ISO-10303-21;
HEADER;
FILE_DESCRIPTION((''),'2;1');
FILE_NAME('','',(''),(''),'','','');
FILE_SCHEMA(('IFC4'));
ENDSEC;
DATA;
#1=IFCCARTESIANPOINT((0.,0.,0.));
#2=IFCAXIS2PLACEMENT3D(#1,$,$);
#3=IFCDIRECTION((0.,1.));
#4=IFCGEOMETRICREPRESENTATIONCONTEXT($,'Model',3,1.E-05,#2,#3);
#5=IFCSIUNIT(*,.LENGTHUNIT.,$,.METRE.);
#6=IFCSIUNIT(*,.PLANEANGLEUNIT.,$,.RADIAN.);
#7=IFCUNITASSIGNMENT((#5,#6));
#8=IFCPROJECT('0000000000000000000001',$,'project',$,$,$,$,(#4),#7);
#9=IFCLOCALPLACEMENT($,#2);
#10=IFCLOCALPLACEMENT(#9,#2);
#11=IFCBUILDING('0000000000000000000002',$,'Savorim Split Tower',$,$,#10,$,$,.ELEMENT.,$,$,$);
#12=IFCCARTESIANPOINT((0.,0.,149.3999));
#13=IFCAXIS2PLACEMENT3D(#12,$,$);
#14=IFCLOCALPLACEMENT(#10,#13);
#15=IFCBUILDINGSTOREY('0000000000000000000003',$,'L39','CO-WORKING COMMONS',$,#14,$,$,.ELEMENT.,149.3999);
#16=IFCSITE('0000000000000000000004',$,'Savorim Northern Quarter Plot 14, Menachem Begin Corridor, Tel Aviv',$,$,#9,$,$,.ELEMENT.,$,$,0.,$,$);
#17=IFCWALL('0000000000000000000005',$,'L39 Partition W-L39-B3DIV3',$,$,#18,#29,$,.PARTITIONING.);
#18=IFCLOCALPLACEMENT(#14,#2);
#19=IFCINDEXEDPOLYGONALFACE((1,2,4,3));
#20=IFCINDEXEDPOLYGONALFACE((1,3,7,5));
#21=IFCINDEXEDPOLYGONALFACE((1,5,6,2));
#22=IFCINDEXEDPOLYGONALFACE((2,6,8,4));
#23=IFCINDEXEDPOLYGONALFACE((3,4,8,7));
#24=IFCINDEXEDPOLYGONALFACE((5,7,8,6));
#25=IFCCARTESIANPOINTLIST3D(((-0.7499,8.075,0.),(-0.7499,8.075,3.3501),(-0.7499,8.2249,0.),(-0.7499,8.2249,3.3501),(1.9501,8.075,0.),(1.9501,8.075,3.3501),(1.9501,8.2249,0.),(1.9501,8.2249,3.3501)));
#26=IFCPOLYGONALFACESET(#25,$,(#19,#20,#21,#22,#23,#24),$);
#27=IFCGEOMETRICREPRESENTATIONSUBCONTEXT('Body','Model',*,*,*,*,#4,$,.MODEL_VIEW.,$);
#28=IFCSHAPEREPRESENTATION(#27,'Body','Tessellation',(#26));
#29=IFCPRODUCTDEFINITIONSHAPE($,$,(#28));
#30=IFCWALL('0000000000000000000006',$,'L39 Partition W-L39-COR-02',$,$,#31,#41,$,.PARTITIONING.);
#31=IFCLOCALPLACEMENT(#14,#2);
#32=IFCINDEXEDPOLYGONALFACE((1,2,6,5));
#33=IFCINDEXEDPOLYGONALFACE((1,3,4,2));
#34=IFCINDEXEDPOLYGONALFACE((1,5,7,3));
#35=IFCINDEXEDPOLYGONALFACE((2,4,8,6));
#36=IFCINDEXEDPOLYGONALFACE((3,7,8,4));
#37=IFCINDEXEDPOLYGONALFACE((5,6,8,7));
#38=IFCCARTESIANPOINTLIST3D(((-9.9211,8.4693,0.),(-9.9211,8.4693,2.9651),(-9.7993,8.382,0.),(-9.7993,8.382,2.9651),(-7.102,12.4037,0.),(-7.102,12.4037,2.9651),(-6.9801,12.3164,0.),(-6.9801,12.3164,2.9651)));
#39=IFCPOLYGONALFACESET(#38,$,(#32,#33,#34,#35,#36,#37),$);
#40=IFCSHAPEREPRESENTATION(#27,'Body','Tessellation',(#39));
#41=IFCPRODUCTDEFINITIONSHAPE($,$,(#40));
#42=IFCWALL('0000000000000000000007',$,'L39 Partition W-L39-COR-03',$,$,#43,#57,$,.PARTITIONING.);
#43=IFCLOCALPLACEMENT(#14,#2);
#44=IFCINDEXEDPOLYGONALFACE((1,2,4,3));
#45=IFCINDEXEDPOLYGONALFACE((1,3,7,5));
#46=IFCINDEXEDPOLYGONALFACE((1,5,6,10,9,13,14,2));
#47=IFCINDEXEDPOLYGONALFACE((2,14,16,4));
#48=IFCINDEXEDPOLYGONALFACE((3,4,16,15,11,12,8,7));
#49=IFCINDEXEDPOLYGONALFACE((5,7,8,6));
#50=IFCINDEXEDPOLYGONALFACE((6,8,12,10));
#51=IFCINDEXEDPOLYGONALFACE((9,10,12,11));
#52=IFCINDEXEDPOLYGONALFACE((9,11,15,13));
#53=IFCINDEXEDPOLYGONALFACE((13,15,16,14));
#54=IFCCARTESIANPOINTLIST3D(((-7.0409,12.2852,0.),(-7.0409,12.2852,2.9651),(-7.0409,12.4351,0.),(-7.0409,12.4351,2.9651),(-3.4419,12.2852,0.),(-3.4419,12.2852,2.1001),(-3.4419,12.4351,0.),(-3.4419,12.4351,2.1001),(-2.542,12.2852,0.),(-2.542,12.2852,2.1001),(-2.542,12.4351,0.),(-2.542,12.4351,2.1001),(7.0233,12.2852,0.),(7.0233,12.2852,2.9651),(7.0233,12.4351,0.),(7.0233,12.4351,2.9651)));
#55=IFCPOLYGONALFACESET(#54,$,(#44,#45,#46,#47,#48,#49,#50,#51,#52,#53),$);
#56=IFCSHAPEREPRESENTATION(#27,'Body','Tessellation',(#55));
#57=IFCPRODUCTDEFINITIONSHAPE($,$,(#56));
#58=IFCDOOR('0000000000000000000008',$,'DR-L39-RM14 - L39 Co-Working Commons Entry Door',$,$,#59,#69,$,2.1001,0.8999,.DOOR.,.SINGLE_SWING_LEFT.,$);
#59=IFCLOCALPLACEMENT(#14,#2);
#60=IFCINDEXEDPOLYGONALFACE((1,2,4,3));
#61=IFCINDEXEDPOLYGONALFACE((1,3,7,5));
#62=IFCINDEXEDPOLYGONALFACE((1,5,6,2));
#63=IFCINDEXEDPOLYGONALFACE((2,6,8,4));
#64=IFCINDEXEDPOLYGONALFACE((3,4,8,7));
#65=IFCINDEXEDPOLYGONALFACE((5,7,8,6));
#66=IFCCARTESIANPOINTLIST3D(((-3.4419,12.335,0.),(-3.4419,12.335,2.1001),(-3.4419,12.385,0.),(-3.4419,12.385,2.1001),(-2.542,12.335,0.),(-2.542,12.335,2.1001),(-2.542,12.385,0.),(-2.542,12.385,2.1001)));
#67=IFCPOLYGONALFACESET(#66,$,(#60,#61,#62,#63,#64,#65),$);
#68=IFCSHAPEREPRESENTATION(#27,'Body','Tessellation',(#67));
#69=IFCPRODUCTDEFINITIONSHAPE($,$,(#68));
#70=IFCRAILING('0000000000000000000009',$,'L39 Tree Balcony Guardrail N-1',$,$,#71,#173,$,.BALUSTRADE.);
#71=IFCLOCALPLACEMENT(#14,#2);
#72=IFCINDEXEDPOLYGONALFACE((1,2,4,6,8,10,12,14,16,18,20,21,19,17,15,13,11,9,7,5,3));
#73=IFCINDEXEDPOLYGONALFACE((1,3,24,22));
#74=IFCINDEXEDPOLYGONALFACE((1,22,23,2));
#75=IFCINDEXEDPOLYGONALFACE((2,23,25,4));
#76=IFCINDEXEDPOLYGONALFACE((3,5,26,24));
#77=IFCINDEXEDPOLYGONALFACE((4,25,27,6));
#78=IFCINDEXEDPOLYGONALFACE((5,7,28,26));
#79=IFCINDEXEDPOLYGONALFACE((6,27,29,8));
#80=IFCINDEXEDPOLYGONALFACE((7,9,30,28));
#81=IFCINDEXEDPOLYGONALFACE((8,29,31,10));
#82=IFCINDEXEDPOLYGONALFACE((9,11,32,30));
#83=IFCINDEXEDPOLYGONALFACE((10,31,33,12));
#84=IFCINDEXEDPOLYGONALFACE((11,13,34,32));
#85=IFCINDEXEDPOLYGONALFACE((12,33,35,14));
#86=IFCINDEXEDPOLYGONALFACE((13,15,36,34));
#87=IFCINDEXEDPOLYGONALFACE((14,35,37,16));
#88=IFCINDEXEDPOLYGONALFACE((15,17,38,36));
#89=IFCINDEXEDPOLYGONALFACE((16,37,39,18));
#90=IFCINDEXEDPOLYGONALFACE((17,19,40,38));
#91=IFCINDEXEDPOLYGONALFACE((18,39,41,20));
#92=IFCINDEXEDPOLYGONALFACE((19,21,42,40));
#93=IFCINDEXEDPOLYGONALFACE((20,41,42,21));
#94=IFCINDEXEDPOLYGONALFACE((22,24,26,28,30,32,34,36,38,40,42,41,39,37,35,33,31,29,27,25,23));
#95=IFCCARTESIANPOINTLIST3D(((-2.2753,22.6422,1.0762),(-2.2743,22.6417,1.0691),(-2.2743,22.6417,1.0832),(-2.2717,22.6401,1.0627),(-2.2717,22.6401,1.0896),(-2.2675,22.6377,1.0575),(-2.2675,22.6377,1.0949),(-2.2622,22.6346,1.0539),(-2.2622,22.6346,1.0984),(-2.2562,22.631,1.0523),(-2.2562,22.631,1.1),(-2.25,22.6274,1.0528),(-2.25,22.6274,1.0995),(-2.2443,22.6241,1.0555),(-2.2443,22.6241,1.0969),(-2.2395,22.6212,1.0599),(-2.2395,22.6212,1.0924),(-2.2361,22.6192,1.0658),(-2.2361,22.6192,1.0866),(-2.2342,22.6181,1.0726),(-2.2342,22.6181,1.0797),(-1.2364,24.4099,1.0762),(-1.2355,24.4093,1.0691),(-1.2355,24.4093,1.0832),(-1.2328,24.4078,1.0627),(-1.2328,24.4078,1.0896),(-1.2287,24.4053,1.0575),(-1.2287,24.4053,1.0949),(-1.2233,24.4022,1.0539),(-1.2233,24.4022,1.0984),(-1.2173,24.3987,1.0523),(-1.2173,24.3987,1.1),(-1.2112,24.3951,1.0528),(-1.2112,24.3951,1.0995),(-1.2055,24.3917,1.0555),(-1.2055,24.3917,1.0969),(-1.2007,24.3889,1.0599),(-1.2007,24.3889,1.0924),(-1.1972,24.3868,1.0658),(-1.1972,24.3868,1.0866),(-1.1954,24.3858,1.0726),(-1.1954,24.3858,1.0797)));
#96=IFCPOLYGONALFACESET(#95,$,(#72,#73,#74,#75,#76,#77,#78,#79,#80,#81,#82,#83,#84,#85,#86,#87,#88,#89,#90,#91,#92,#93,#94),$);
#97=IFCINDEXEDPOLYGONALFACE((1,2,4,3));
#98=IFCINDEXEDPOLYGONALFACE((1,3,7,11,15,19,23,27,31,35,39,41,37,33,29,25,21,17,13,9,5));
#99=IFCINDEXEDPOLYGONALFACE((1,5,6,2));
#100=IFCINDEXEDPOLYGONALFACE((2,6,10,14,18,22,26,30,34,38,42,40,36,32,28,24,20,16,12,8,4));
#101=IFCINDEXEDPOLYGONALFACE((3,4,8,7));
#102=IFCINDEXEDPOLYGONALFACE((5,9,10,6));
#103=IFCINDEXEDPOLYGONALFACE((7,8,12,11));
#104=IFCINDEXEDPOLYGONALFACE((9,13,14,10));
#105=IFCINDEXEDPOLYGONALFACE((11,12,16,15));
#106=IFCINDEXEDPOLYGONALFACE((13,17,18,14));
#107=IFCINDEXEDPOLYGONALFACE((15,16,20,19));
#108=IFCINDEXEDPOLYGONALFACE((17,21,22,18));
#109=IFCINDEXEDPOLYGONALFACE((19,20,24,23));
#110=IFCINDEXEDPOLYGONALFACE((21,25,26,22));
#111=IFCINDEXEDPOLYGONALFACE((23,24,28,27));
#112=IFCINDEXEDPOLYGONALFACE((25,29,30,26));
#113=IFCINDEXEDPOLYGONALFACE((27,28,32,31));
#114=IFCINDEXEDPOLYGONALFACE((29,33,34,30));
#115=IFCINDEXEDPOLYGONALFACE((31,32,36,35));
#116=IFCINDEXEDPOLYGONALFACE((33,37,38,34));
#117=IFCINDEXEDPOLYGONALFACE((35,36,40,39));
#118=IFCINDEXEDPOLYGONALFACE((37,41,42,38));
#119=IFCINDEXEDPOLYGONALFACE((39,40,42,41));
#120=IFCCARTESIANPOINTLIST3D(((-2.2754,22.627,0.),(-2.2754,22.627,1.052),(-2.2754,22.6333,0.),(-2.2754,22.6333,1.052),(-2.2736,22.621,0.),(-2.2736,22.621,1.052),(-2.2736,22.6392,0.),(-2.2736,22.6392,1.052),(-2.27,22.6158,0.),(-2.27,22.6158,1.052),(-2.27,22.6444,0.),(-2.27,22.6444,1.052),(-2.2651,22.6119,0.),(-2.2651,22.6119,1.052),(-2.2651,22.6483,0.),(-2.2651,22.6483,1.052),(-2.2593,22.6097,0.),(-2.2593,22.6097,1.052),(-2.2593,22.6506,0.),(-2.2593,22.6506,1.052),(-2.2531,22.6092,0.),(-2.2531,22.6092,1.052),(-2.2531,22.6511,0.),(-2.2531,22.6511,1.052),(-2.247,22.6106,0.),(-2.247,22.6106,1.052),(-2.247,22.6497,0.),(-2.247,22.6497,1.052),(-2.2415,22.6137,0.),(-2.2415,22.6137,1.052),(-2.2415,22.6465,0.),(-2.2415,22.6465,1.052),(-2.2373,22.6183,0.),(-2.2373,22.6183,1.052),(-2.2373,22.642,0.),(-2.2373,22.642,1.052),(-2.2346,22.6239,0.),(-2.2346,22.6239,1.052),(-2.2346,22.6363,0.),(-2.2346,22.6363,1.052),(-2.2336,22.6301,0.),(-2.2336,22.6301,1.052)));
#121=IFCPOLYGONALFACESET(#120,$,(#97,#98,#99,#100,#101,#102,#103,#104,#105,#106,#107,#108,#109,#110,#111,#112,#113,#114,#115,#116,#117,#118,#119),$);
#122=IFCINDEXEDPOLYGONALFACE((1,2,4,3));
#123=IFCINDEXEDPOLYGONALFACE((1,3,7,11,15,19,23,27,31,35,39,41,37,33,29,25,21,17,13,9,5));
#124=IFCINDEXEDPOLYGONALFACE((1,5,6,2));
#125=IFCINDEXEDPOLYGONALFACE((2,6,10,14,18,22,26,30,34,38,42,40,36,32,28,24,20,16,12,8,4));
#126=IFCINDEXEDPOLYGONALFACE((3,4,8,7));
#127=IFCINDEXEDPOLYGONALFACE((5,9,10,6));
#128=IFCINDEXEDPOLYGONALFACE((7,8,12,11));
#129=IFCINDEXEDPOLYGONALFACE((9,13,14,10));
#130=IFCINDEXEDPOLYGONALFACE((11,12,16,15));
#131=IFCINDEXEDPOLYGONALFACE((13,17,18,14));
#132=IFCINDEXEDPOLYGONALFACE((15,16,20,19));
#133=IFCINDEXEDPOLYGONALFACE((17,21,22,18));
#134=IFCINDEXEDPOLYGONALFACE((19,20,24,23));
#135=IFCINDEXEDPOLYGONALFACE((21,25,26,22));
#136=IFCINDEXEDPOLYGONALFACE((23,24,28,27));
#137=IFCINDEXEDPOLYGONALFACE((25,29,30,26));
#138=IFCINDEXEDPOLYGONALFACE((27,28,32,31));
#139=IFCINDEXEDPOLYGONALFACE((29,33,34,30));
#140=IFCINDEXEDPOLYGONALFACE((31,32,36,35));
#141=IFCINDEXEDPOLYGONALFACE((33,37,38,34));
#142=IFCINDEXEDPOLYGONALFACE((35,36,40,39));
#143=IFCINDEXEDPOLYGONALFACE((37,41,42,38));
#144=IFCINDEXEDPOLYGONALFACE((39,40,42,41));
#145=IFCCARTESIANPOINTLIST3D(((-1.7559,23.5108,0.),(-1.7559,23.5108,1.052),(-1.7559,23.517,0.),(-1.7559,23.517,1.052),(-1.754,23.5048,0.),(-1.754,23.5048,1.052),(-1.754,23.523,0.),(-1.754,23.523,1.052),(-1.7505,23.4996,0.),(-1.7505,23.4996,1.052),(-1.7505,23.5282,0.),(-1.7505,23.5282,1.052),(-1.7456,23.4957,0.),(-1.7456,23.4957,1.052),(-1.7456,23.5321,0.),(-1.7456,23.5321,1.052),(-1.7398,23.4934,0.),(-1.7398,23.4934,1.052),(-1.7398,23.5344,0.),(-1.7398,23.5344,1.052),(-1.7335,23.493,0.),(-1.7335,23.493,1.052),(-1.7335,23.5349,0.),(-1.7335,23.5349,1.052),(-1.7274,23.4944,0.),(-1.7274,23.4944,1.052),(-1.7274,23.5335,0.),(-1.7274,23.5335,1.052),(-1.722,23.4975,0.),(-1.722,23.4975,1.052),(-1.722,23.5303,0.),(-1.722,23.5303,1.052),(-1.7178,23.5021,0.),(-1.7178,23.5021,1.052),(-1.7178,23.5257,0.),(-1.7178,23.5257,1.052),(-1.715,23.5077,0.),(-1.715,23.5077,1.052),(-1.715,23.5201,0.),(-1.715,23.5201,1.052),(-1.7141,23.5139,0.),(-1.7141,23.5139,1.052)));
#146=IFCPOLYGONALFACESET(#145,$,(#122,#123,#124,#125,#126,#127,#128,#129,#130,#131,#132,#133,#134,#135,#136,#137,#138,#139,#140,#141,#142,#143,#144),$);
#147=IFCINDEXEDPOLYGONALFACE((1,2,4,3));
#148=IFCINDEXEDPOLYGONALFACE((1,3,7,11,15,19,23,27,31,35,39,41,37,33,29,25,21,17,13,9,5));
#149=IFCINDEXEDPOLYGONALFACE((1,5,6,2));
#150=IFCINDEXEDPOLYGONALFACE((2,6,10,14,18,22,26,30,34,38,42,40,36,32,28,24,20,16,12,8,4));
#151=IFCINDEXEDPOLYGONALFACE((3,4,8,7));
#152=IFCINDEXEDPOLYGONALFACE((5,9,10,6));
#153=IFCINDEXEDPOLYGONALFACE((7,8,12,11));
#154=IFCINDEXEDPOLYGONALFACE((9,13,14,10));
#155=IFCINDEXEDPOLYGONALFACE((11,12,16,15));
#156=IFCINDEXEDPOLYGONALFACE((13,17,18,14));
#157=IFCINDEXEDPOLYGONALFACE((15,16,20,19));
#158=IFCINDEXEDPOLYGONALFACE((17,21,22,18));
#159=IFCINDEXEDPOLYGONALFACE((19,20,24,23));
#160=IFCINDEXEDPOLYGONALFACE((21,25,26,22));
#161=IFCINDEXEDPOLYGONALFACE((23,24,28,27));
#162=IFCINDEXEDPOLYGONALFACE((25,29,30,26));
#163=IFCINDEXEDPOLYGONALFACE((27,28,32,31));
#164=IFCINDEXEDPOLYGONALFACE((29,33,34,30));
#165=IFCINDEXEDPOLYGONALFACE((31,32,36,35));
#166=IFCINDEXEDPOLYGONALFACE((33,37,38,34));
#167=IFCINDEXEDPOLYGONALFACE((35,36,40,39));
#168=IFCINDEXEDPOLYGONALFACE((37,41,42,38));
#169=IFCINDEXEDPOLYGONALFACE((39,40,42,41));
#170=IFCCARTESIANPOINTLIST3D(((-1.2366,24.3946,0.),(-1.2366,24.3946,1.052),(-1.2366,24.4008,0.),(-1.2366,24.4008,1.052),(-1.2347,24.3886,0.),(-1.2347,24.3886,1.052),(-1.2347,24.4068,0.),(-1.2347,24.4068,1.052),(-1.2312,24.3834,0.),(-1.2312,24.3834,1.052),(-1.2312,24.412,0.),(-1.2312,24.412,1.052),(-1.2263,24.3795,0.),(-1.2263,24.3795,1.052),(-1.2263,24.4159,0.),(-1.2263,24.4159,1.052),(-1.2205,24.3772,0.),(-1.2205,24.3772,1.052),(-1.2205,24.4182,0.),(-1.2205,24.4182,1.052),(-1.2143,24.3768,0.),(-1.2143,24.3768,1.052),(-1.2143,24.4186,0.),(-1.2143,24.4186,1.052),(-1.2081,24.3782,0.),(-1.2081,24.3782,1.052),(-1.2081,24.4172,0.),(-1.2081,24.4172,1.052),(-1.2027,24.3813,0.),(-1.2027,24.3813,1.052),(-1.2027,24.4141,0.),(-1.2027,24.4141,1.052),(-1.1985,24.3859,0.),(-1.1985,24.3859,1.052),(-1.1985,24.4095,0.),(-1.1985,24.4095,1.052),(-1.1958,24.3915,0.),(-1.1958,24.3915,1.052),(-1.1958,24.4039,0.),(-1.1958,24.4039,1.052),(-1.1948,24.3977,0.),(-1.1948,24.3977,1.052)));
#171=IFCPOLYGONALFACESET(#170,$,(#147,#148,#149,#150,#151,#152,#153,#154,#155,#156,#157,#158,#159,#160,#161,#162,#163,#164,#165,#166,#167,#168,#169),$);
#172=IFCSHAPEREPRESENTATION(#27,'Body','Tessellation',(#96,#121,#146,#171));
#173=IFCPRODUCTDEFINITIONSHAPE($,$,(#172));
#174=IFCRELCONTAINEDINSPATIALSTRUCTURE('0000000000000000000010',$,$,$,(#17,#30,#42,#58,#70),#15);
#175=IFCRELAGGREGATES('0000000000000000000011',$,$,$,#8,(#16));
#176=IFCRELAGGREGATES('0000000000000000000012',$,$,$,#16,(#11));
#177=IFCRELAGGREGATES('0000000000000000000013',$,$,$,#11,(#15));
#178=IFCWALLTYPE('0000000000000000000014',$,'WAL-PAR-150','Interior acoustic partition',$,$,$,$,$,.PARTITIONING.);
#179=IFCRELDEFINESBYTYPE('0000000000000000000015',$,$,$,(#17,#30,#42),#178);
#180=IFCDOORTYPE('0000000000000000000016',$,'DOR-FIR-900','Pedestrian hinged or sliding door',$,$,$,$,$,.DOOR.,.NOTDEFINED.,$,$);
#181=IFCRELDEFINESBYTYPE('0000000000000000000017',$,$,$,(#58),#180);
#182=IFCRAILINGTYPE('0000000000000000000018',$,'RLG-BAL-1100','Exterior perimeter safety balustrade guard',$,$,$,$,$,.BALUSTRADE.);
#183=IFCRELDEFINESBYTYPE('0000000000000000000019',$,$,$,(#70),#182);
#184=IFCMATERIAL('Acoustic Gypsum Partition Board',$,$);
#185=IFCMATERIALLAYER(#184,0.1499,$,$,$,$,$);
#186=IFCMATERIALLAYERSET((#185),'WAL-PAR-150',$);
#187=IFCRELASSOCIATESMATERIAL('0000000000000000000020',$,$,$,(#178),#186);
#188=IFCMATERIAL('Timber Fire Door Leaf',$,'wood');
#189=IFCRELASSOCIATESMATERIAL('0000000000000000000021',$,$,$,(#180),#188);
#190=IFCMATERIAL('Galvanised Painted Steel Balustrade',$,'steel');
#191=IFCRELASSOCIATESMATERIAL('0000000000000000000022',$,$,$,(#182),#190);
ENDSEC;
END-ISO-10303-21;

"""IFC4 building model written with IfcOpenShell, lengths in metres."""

from ifc_helpers import new_model, si_unit, direction, frame, frame_2d, origin, origin_2d, place, context, subcontext, project, spatial, rectangle, circle, extrude, material, layer, layer_set, type_object, element, fill, save


model = new_model("IFC4")

# Units and contexts
model_context = context("Model", 3, precision=1e-05, world=origin(), true_north=direction((0.0, 1.0)))
body_context = subcontext(model_context, "Body", "Model", "MODEL_VIEW")
ifc_project = project(units=[si_unit("LENGTHUNIT", "METRE"), si_unit("PLANEANGLEUNIT", "RADIAN")], contexts=[model_context])

# Site, building, storey
site_placement = place(None, origin())
site = spatial("IfcSite", under=ifc_project, at=site_placement, Name="Savorim Northern Quarter Plot 14, Menachem Begin Corridor, Tel Aviv", CompositionType="ELEMENT", RefElevation=0.0)
building_placement = place(site_placement, origin())
building = spatial("IfcBuilding", under=site, at=building_placement, Name="Savorim Split Tower", CompositionType="ELEMENT")
storey_placement = place(building_placement, frame((0.0, 0.0, 149.3999)))
storey = spatial("IfcBuildingStorey", under=building, at=storey_placement, Name="L39", Description="CO-WORKING COMMONS", CompositionType="ELEMENT", Elevation=149.3999)

# Walls
ifc_material_1 = material(Name="Acoustic Gypsum Partition Board")
ifc_layer_1 = layer(ifc_material_1, 0.1499)
ifc_layer_set_1 = layer_set([ifc_layer_1], Name="WAL-PAR-150")
wall_type_1 = type_object("IfcWallType", Name="WAL-PAR-150", Description="Interior acoustic partition", PredefinedType="PARTITIONING", material=ifc_layer_set_1)
wall_1_placement = place(storey_placement, frame((-0.75, 8.1499, 0.0), z_axis=(0.0, 0.0, 1.0), x_axis=(1.0, 0.0, 0.0)))
element("IfcWall", 1, at=wall_1_placement, inside=storey, type_object=wall_type_1, Name="L39 Partition W-L39-B3DIV3", PredefinedType="PARTITIONING", context=body_context, shape_type="SweptSolid", body=[
    extrude(rectangle(XDim=2.7, YDim=0.1499, at=frame_2d((1.3501, 0.0))), origin(), (0.0, 0.0, 1.0), 3.3501),
])
wall_2_placement = place(storey_placement, frame((-9.8601, 8.4258, 0.0), z_axis=(0.0, 0.0, 1.0), x_axis=(0.58245, 0.812867, 0.0)))
element("IfcWall", 2, at=wall_2_placement, inside=storey, type_object=wall_type_1, Name="L39 Partition W-L39-COR-02", PredefinedType="PARTITIONING", context=body_context, shape_type="SweptSolid", body=[
    extrude(rectangle(XDim=4.8401, YDim=0.1499, at=frame_2d((2.4199, 0.0))), origin(), (0.0, 0.0, 1.0), 2.9651),
])

# Wall, opening, door
wall_3_placement = place(storey_placement, frame((-7.041, 12.3601, 0.0), z_axis=(0.0, 0.0, 1.0), x_axis=(1.0, 0.0, 0.0)))
wall_3 = element("IfcWall", 3, at=wall_3_placement, inside=storey, type_object=wall_type_1, Name="L39 Partition W-L39-COR-03", PredefinedType="PARTITIONING", context=body_context, shape_type="SweptSolid", body=[
    extrude(rectangle(XDim=14.0642, YDim=0.1499, at=frame_2d((7.0322, 0.0))), origin(), (0.0, 0.0, 1.0), 2.9651),
])
opening_1_placement = place(wall_3_placement, frame((3.5991, 0.0, 0.0)))
opening_1 = element("IfcOpeningElement", 4, at=opening_1_placement, cuts=wall_3, PredefinedType="OPENING", context=body_context, shape_type="SweptSolid", body=[
    extrude(rectangle(XDim=0.8999, YDim=2.1001, at=frame_2d((0.45, 1.05))), frame((0.0, 0.085, 0.0), z_axis=(0.0, -1.0, 0.0), x_axis=(1.0, 0.0, 0.0)), (0.0, 0.0, 1.0), 0.1699),
])
ifc_material_2 = material(Name="Timber Fire Door Leaf", Category="wood")
door_type_1 = type_object("IfcDoorType", Name="DOR-FIR-900", Description="Pedestrian hinged or sliding door", OperationType="NOTDEFINED", PredefinedType="DOOR", material=ifc_material_2)
door_1_placement = place(opening_1_placement, origin())
door_1 = element("IfcDoor", 5, at=door_1_placement, inside=storey, type_object=door_type_1, Name="DR-L39-RM14 - L39 Co-Working Commons Entry Door", OperationType="SINGLE_SWING_LEFT", OverallHeight=2.1001, OverallWidth=0.8999, PredefinedType="DOOR", context=body_context, shape_type="SweptSolid", body=[
    extrude(rectangle(XDim=0.8999, YDim=2.1001, at=frame_2d((0.45, 1.05))), frame((0.0, 0.0249, 0.0), z_axis=(0.0, -1.0, 0.0), x_axis=(1.0, 0.0, 0.0)), (0.0, 0.0, 1.0), 0.05),
])
fill(opening_1, door_1)

# Railing
ifc_material_3 = material(Name="Galvanised Painted Steel Balustrade", Category="steel")
railing_type = type_object("IfcRailingType", Name="RLG-BAL-1100", Description="Exterior perimeter safety balustrade guard", PredefinedType="BALUSTRADE", material=ifc_material_3)
railing_1_placement = place(storey_placement, frame((-2.2546, 22.6301, 0.0)))
element("IfcRailing", 6, at=railing_1_placement, inside=storey, type_object=railing_type, Name="L39 Tree Balcony Guardrail N-1", PredefinedType="BALUSTRADE", context=body_context, shape_type="SweptSolid", body=[
    extrude(circle(Radius=0.0239, at=origin_2d()), frame((0.0, 0.0, 1.0762), z_axis=(0.506682, 0.862133, 0.0), x_axis=(-0.862133, 0.506682, 0.0)), (0.0, 0.0, 1.0), 2.0503),
    extrude(circle(Radius=0.021, at=origin_2d()), origin(), (0.0, 0.0, 1.0), 1.052),
    extrude(circle(Radius=0.021, at=origin_2d()), frame((0.5195, 0.8838, 0.0)), (0.0, 0.0, 1.0), 1.052),
    extrude(circle(Radius=0.021, at=origin_2d()), frame((1.0388, 1.7676, 0.0)), (0.0, 0.0, 1.0), 1.052),
])

save(model, "model.ifc")
